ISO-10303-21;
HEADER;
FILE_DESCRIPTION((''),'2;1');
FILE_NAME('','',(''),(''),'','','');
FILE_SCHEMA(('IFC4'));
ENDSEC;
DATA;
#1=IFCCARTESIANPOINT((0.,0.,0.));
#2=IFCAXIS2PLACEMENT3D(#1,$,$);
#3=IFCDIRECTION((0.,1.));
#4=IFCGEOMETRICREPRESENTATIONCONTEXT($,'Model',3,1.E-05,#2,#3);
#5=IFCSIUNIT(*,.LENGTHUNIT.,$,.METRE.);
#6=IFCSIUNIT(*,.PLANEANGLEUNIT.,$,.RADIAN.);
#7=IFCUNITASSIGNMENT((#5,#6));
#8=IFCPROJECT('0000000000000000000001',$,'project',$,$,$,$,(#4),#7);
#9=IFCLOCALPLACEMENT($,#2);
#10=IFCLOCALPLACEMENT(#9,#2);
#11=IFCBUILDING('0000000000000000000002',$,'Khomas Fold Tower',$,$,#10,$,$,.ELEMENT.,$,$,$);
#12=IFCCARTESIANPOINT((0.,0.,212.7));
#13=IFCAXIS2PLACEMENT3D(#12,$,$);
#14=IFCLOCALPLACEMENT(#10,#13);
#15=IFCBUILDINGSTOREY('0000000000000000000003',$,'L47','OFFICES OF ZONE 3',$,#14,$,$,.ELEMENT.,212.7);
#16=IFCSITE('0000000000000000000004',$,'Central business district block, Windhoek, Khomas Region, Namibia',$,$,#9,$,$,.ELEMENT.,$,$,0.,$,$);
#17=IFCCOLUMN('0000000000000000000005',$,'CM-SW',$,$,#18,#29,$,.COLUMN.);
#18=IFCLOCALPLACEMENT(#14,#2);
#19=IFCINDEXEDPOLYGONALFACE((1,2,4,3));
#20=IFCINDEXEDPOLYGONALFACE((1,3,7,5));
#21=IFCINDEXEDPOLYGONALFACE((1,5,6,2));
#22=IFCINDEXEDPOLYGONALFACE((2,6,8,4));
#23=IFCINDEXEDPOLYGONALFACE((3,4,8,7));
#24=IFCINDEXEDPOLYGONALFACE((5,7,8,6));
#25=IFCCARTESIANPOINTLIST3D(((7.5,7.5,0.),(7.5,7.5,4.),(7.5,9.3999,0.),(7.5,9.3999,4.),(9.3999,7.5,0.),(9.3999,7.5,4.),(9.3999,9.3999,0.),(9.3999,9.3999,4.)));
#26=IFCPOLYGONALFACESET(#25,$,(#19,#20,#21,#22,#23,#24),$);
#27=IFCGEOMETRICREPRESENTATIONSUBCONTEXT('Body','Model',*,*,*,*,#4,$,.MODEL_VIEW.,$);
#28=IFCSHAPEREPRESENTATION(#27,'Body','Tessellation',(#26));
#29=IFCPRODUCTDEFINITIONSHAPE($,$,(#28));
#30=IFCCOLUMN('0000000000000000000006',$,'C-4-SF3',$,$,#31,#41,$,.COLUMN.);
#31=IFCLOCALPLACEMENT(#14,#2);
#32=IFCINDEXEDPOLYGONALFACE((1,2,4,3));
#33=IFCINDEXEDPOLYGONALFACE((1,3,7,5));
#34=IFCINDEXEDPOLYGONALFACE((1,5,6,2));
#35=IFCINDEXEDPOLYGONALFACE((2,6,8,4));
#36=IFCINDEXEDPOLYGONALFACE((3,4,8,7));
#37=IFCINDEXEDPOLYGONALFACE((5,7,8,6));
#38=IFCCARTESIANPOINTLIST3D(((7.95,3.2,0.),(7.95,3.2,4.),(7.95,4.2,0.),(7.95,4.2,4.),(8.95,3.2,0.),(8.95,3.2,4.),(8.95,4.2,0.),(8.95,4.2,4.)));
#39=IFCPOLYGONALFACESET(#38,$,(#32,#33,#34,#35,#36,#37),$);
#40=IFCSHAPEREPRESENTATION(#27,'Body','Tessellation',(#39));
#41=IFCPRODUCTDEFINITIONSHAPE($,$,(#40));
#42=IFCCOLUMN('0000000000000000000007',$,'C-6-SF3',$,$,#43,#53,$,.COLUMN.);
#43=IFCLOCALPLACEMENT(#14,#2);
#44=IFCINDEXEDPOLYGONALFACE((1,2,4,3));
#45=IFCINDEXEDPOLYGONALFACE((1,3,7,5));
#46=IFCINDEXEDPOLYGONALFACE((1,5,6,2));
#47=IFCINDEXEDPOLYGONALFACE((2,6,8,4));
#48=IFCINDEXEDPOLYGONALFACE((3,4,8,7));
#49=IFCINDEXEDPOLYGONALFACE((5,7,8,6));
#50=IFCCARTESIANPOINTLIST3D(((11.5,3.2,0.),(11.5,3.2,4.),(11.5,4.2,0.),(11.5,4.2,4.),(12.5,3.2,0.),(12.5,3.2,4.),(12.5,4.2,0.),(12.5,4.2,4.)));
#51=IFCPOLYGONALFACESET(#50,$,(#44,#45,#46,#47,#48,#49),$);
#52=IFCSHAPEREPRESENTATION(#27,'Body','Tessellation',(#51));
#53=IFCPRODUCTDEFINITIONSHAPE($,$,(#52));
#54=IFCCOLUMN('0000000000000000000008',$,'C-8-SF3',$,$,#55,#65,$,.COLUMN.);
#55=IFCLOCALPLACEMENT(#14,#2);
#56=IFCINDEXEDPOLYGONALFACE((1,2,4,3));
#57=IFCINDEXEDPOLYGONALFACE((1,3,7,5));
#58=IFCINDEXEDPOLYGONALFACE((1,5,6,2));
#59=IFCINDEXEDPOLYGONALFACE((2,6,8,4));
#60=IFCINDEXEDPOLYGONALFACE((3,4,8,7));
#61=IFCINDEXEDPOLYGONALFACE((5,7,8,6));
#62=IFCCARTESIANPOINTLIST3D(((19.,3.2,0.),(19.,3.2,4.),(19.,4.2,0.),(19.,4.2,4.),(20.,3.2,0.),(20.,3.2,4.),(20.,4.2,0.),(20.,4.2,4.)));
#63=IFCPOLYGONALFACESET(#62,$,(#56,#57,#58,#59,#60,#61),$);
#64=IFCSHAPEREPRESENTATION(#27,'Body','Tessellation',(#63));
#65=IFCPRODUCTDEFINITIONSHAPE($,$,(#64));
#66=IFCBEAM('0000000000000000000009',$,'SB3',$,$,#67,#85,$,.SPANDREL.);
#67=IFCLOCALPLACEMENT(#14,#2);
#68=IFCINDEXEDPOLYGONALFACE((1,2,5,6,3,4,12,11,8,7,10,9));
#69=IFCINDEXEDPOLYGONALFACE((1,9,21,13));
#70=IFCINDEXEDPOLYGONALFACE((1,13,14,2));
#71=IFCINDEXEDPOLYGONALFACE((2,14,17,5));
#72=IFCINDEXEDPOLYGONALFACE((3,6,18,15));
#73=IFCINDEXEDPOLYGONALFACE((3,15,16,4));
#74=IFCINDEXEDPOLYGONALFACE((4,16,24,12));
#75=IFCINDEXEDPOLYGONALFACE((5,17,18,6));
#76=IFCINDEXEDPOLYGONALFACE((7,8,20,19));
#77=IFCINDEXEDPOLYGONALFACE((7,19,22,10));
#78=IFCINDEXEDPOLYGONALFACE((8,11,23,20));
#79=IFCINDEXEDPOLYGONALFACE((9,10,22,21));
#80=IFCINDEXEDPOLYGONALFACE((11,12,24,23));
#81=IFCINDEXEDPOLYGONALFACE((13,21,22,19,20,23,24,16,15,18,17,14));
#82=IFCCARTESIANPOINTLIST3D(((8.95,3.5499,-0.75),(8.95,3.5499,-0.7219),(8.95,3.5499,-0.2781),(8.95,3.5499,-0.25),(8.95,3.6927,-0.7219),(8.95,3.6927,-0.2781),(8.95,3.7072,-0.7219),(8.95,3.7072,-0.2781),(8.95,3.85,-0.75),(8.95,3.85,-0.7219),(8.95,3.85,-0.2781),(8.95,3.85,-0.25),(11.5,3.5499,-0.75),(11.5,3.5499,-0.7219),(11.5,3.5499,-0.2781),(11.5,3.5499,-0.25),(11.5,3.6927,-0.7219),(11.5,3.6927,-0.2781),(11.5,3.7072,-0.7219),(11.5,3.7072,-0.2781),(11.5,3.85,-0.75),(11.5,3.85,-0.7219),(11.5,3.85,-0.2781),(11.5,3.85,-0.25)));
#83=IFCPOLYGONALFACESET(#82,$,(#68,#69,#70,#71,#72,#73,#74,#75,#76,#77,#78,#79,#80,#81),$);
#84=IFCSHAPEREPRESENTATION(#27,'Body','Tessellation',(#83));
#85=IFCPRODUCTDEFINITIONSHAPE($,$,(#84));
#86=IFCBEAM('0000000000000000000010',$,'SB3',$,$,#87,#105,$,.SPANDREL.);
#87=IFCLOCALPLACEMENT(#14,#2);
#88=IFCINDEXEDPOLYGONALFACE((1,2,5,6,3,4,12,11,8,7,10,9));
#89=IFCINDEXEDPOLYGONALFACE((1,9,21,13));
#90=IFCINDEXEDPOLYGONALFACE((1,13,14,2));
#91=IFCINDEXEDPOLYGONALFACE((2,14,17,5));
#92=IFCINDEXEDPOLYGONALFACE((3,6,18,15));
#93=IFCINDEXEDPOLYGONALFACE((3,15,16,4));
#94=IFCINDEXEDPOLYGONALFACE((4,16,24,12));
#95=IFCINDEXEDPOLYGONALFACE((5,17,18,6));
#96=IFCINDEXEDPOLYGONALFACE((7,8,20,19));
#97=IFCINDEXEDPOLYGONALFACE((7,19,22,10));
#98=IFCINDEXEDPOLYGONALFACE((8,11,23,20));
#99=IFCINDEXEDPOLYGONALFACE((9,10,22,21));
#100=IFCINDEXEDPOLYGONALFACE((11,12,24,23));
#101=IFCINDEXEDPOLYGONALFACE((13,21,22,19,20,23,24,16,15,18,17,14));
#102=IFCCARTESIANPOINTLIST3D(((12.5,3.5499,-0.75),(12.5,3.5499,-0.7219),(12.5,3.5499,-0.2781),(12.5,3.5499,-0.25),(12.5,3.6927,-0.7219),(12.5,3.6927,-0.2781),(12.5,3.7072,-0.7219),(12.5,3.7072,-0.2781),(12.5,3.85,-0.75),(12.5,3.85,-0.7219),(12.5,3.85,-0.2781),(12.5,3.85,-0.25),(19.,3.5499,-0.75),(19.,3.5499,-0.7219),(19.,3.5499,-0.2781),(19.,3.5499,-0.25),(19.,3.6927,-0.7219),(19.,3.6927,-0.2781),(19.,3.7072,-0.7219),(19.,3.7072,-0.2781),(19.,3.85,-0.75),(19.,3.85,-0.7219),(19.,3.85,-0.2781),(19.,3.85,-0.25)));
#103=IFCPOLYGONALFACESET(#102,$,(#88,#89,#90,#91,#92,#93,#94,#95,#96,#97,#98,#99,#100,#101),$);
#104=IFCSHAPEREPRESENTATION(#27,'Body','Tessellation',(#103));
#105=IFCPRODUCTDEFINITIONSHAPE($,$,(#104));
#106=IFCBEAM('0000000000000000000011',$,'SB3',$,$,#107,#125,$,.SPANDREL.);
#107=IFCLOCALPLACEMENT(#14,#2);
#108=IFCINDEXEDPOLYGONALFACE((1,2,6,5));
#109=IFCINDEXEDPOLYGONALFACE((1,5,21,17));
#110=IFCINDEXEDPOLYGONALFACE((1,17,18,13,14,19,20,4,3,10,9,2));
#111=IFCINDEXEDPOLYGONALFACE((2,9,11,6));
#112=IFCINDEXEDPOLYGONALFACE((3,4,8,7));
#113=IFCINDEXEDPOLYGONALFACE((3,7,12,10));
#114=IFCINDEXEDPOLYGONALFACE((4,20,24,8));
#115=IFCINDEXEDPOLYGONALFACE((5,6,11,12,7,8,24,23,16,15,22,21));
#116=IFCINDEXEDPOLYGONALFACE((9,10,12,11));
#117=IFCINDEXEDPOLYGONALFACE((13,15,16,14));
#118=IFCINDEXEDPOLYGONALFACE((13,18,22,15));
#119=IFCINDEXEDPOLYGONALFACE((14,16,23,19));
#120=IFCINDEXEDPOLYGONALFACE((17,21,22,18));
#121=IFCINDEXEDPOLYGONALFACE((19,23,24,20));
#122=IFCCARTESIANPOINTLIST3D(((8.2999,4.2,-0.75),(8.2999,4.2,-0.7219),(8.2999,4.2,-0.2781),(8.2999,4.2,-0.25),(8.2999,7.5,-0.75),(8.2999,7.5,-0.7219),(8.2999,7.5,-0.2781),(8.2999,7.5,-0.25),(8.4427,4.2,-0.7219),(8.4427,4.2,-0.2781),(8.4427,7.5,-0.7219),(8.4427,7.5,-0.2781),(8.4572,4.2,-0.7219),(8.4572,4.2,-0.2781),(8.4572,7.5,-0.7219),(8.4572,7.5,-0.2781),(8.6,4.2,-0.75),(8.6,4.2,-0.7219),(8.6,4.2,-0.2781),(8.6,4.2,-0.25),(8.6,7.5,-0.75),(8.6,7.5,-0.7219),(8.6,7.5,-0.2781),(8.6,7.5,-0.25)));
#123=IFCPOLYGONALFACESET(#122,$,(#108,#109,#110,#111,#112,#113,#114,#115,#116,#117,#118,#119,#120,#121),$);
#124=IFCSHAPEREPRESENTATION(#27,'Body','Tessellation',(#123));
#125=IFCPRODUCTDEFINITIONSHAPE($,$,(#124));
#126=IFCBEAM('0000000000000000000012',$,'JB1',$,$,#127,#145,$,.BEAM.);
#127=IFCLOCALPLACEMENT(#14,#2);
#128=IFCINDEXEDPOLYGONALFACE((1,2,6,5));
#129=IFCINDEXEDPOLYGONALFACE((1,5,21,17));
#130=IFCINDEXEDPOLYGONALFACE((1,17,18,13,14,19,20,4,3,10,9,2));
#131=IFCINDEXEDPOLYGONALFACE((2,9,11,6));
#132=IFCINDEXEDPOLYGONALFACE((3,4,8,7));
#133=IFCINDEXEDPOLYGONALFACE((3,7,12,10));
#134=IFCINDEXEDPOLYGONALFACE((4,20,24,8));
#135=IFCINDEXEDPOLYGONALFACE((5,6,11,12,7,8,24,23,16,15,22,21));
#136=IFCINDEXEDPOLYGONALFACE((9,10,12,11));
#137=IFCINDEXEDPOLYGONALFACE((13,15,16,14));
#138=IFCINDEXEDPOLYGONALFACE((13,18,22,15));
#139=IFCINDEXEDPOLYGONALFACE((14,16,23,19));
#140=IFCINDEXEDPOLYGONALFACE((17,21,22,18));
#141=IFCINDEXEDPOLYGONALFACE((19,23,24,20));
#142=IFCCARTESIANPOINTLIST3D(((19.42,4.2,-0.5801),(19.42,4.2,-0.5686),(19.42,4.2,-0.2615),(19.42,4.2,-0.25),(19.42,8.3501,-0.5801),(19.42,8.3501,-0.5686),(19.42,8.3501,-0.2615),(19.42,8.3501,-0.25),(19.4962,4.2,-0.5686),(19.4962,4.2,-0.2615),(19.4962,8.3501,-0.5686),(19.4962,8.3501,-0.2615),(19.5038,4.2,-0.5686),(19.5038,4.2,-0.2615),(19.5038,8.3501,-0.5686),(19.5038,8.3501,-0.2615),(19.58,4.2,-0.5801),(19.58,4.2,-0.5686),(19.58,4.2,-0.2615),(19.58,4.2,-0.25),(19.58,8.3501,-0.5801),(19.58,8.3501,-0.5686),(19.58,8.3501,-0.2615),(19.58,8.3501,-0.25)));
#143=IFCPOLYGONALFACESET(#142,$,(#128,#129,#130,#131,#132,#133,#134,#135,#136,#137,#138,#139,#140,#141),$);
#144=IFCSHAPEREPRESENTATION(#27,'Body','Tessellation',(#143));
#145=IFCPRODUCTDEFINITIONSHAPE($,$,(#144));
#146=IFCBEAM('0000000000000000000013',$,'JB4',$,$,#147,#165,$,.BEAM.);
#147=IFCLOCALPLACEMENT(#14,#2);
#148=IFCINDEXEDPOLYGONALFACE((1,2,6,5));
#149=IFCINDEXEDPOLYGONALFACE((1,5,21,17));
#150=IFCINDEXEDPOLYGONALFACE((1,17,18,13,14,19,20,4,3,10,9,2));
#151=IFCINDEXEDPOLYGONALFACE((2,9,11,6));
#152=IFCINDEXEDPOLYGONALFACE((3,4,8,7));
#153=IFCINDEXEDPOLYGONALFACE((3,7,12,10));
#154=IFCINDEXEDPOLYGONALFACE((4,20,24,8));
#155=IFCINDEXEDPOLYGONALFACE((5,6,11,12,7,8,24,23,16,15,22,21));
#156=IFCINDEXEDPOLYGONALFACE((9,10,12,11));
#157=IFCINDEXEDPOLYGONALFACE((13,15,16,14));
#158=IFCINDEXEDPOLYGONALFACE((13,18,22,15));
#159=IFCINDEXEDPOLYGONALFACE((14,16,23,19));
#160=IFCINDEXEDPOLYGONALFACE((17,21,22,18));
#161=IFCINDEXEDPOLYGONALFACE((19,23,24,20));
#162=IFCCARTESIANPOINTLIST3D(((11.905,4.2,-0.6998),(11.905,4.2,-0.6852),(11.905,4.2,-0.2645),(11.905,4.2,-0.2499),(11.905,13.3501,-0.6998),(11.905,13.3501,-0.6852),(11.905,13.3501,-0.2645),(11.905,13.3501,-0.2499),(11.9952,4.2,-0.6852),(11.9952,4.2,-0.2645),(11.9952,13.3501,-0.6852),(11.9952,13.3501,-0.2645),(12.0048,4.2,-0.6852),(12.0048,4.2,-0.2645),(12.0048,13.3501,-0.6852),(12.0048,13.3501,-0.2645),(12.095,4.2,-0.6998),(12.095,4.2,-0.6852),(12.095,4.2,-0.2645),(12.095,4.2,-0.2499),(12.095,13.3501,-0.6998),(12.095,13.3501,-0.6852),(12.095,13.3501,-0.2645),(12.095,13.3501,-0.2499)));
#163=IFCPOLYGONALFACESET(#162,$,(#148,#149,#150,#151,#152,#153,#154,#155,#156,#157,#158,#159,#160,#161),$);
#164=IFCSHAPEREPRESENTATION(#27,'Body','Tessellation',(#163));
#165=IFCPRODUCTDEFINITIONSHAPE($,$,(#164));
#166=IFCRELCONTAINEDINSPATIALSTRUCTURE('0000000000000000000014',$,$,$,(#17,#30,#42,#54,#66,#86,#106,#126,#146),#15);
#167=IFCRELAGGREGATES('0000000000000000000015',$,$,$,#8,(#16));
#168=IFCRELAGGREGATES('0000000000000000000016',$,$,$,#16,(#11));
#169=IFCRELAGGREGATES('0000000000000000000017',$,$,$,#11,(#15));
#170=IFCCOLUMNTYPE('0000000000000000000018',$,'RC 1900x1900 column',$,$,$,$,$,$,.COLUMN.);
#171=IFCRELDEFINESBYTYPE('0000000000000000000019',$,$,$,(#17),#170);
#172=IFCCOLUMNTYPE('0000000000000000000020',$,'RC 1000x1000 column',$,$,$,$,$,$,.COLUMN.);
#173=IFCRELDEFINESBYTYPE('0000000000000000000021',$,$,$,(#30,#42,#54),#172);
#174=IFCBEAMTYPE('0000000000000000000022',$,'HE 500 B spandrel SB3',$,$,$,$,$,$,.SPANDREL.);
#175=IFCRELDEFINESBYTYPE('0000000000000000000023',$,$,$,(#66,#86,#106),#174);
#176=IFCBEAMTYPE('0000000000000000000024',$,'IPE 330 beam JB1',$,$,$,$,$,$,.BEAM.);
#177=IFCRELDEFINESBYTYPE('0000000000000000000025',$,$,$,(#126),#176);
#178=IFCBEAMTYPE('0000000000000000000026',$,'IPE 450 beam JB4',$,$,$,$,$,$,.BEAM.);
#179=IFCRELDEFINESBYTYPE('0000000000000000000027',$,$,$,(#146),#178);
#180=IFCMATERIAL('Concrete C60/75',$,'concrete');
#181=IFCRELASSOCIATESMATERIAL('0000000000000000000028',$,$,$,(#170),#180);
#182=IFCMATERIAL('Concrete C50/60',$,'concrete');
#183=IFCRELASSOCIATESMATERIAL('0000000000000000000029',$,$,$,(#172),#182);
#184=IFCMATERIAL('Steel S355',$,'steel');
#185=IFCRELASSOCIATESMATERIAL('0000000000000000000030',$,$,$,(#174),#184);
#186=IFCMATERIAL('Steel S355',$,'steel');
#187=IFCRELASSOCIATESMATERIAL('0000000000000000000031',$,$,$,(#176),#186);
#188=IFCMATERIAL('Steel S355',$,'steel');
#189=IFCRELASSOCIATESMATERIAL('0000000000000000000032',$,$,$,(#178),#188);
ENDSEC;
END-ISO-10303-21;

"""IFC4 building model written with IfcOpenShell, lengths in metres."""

from ifc_helpers import new_model, si_unit, direction, frame, origin, origin_2d, place, context, subcontext, project, spatial, rectangle, i_section, extrude, source, transform, mapped, material, material_profile, profile_set, type_object, element, save


model = new_model("IFC4")

# Units and contexts
model_context = context("Model", 3, precision=1e-05, world=origin(), true_north=direction((0.0, 1.0)))
body_context = subcontext(model_context, "Body", "Model", "MODEL_VIEW")
ifc_project = project(units=[si_unit("LENGTHUNIT", "METRE"), si_unit("PLANEANGLEUNIT", "RADIAN")], contexts=[model_context])

# Site, building, storey
site_placement = place(None, origin())
site = spatial("IfcSite", under=ifc_project, at=site_placement, Name="Central business district block, Windhoek, Khomas Region, Namibia", CompositionType="ELEMENT", RefElevation=0.0)
building_placement = place(site_placement, origin())
building = spatial("IfcBuilding", under=site, at=building_placement, Name="Khomas Fold Tower", CompositionType="ELEMENT")
storey_placement = place(building_placement, frame((0.0, 0.0, 212.7)))
storey = spatial("IfcBuildingStorey", under=building, at=storey_placement, Name="L47", Description="OFFICES OF ZONE 3", CompositionType="ELEMENT", Elevation=212.7)

# Columns
ifc_material_1 = material(Name="Concrete C60/75", Category="concrete")
ifc_material_profile_1 = material_profile(ifc_material_1, rectangle(XDim=1.8999, YDim=1.8999, at=origin_2d()), Name="RC 1900x1900")
ifc_profile_set_1 = profile_set([ifc_material_profile_1], Name="Concrete C60/75")
column_type_1 = type_object("IfcColumnType", Name="RC 1900x1900 column", PredefinedType="COLUMN", material=ifc_profile_set_1)
shared_shape_1 = source(origin(), body_context, "Body", "SweptSolid", [
    extrude(rectangle(XDim=1.8999, YDim=1.8999, at=origin_2d()), origin(), (0.0, 0.0, 1.0), 4.0),
])
column_placement = place(storey_placement, frame((8.45, 8.45, 0.0), z_axis=(0.0, 0.0, 1.0), x_axis=(1.0, 0.0, 0.0)))
element("IfcColumn", 1, at=column_placement, inside=storey, type_object=column_type_1, Name="CM-SW", PredefinedType="COLUMN", context=body_context, shape_type="MappedRepresentation", body=[
    mapped(shared_shape_1, transform((0.0, 0.0, 0.0))),
])
ifc_material_2 = material(Name="Concrete C50/60", Category="concrete")
ifc_material_profile_2 = material_profile(ifc_material_2, rectangle(XDim=1.0, YDim=1.0, at=origin_2d()), Name="RC 1000x1000")
ifc_profile_set_2 = profile_set([ifc_material_profile_2], Name="Concrete C50/60")
column_type_2 = type_object("IfcColumnType", Name="RC 1000x1000 column", PredefinedType="COLUMN", material=ifc_profile_set_2)
shared_shape_2 = source(origin(), body_context, "Body", "SweptSolid", [
    extrude(rectangle(XDim=1.0, YDim=1.0, at=origin_2d()), origin(), (0.0, 0.0, 1.0), 4.0),
])
for number, where, z_axis, x_axis, name in (
    (2, (8.45, 3.7, 0.0), (0.0, 0.0, 1.0), (1.0, 0.0, 0.0), "C-4-SF3"),
    (3, (12.0, 3.7, 0.0), (0.0, 0.0, 1.0), (1.0, 0.0, 0.0), "C-6-SF3"),
    (4, (19.5, 3.7, 0.0), (0.0, 0.0, 1.0), (1.0, 0.0, 0.0), "C-8-SF3"),
):
    element("IfcColumn", number, at=place(storey_placement, frame(where, z_axis=z_axis, x_axis=x_axis)), inside=storey, type_object=column_type_2, Name=name, PredefinedType="COLUMN", context=body_context, shape_type="MappedRepresentation", body=[
        mapped(shared_shape_2, transform((0.0, 0.0, 0.0))),
    ])

# Beams
ifc_material_3 = material(Name="Steel S355", Category="steel")
ifc_material_profile_3 = material_profile(ifc_material_3, i_section(OverallWidth=0.3, OverallDepth=0.5, WebThickness=0.0144, FlangeThickness=0.0281, at=origin_2d()), Name="HE 500 B")
ifc_profile_set_3 = profile_set([ifc_material_profile_3], Name="Steel S355")
beam_type_1 = type_object("IfcBeamType", Name="HE 500 B spandrel SB3", PredefinedType="SPANDREL", material=ifc_profile_set_3)
shared_shape_3 = source(origin(), body_context, "Body", "SweptSolid", [
    extrude(i_section(OverallWidth=0.3, OverallDepth=0.5, WebThickness=0.0144, FlangeThickness=0.0281, at=origin_2d()), origin(), (0.0, 0.0, 1.0), 2.55),
])
beam_1_placement = place(storey_placement, frame((8.95, 3.7, -0.5), z_axis=(1.0, 0.0, 0.0), x_axis=(0.0, 1.0, 0.0)))
element("IfcBeam", 5, at=beam_1_placement, inside=storey, type_object=beam_type_1, Name="SB3", PredefinedType="SPANDREL", context=body_context, shape_type="MappedRepresentation", body=[
    mapped(shared_shape_3, transform((0.0, 0.0, 0.0))),
])
shared_shape_4 = source(origin(), body_context, "Body", "SweptSolid", [
    extrude(i_section(OverallWidth=0.3, OverallDepth=0.5, WebThickness=0.0144, FlangeThickness=0.0281, at=origin_2d()), origin(), (0.0, 0.0, 1.0), 6.5),
])
beam_2_placement = place(storey_placement, frame((12.5, 3.7, -0.5), z_axis=(1.0, 0.0, 0.0), x_axis=(0.0, 1.0, 0.0)))
element("IfcBeam", 6, at=beam_2_placement, inside=storey, type_object=beam_type_1, Name="SB3", PredefinedType="SPANDREL", context=body_context, shape_type="MappedRepresentation", body=[
    mapped(shared_shape_4, transform((0.0, 0.0, 0.0))),
])
shared_shape_5 = source(origin(), body_context, "Body", "SweptSolid", [
    extrude(i_section(OverallWidth=0.3, OverallDepth=0.5, WebThickness=0.0144, FlangeThickness=0.0281, at=origin_2d()), origin(), (0.0, 0.0, 1.0), 3.3),
])
beam_3_placement = place(storey_placement, frame((8.45, 4.2, -0.5), z_axis=(0.0, 1.0, 0.0), x_axis=(-1.0, 0.0, 0.0)))
element("IfcBeam", 7, at=beam_3_placement, inside=storey, type_object=beam_type_1, Name="SB3", PredefinedType="SPANDREL", context=body_context, shape_type="MappedRepresentation", body=[
    mapped(shared_shape_5, transform((0.0, 0.0, 0.0))),
])
ifc_material_4 = material(Name="Steel S355", Category="steel")
ifc_material_profile_4 = material_profile(ifc_material_4, i_section(OverallWidth=0.1599, OverallDepth=0.3301, WebThickness=0.0076, FlangeThickness=0.0115, at=origin_2d()), Name="IPE 330")
ifc_profile_set_4 = profile_set([ifc_material_profile_4], Name="Steel S355")
beam_type_2 = type_object("IfcBeamType", Name="IPE 330 beam JB1", PredefinedType="BEAM", material=ifc_profile_set_4)
shared_shape_6 = source(origin(), body_context, "Body", "SweptSolid", [
    extrude(i_section(OverallWidth=0.1599, OverallDepth=0.3301, WebThickness=0.0076, FlangeThickness=0.0115, at=origin_2d()), origin(), (0.0, 0.0, 1.0), 4.1501),
])
beam_4_placement = place(storey_placement, frame((19.5, 4.2, -0.415), z_axis=(0.0, 1.0, 0.0), x_axis=(-1.0, 0.0, 0.0)))
element("IfcBeam", 8, at=beam_4_placement, inside=storey, type_object=beam_type_2, Name="JB1", PredefinedType="BEAM", context=body_context, shape_type="MappedRepresentation", body=[
    mapped(shared_shape_6, transform((0.0, 0.0, 0.0))),
])
ifc_material_5 = material(Name="Steel S355", Category="steel")
ifc_material_profile_5 = material_profile(ifc_material_5, i_section(OverallWidth=0.1899, OverallDepth=0.45, WebThickness=0.0095, FlangeThickness=0.0146, at=origin_2d()), Name="IPE 450")
ifc_profile_set_5 = profile_set([ifc_material_profile_5], Name="Steel S355")
beam_type_3 = type_object("IfcBeamType", Name="IPE 450 beam JB4", PredefinedType="BEAM", material=ifc_profile_set_5)
shared_shape_7 = source(origin(), body_context, "Body", "SweptSolid", [
    extrude(i_section(OverallWidth=0.1899, OverallDepth=0.45, WebThickness=0.0095, FlangeThickness=0.0146, at=origin_2d()), origin(), (0.0, 0.0, 1.0), 9.1501),
])
beam_5_placement = place(storey_placement, frame((12.0, 4.2, -0.4749), z_axis=(0.0, 1.0, 0.0), x_axis=(-1.0, 0.0, 0.0)))
element("IfcBeam", 9, at=beam_5_placement, inside=storey, type_object=beam_type_3, Name="JB4", PredefinedType="BEAM", context=body_context, shape_type="MappedRepresentation", body=[
    mapped(shared_shape_7, transform((0.0, 0.0, 0.0))),
])

save(model, "model.ifc")
